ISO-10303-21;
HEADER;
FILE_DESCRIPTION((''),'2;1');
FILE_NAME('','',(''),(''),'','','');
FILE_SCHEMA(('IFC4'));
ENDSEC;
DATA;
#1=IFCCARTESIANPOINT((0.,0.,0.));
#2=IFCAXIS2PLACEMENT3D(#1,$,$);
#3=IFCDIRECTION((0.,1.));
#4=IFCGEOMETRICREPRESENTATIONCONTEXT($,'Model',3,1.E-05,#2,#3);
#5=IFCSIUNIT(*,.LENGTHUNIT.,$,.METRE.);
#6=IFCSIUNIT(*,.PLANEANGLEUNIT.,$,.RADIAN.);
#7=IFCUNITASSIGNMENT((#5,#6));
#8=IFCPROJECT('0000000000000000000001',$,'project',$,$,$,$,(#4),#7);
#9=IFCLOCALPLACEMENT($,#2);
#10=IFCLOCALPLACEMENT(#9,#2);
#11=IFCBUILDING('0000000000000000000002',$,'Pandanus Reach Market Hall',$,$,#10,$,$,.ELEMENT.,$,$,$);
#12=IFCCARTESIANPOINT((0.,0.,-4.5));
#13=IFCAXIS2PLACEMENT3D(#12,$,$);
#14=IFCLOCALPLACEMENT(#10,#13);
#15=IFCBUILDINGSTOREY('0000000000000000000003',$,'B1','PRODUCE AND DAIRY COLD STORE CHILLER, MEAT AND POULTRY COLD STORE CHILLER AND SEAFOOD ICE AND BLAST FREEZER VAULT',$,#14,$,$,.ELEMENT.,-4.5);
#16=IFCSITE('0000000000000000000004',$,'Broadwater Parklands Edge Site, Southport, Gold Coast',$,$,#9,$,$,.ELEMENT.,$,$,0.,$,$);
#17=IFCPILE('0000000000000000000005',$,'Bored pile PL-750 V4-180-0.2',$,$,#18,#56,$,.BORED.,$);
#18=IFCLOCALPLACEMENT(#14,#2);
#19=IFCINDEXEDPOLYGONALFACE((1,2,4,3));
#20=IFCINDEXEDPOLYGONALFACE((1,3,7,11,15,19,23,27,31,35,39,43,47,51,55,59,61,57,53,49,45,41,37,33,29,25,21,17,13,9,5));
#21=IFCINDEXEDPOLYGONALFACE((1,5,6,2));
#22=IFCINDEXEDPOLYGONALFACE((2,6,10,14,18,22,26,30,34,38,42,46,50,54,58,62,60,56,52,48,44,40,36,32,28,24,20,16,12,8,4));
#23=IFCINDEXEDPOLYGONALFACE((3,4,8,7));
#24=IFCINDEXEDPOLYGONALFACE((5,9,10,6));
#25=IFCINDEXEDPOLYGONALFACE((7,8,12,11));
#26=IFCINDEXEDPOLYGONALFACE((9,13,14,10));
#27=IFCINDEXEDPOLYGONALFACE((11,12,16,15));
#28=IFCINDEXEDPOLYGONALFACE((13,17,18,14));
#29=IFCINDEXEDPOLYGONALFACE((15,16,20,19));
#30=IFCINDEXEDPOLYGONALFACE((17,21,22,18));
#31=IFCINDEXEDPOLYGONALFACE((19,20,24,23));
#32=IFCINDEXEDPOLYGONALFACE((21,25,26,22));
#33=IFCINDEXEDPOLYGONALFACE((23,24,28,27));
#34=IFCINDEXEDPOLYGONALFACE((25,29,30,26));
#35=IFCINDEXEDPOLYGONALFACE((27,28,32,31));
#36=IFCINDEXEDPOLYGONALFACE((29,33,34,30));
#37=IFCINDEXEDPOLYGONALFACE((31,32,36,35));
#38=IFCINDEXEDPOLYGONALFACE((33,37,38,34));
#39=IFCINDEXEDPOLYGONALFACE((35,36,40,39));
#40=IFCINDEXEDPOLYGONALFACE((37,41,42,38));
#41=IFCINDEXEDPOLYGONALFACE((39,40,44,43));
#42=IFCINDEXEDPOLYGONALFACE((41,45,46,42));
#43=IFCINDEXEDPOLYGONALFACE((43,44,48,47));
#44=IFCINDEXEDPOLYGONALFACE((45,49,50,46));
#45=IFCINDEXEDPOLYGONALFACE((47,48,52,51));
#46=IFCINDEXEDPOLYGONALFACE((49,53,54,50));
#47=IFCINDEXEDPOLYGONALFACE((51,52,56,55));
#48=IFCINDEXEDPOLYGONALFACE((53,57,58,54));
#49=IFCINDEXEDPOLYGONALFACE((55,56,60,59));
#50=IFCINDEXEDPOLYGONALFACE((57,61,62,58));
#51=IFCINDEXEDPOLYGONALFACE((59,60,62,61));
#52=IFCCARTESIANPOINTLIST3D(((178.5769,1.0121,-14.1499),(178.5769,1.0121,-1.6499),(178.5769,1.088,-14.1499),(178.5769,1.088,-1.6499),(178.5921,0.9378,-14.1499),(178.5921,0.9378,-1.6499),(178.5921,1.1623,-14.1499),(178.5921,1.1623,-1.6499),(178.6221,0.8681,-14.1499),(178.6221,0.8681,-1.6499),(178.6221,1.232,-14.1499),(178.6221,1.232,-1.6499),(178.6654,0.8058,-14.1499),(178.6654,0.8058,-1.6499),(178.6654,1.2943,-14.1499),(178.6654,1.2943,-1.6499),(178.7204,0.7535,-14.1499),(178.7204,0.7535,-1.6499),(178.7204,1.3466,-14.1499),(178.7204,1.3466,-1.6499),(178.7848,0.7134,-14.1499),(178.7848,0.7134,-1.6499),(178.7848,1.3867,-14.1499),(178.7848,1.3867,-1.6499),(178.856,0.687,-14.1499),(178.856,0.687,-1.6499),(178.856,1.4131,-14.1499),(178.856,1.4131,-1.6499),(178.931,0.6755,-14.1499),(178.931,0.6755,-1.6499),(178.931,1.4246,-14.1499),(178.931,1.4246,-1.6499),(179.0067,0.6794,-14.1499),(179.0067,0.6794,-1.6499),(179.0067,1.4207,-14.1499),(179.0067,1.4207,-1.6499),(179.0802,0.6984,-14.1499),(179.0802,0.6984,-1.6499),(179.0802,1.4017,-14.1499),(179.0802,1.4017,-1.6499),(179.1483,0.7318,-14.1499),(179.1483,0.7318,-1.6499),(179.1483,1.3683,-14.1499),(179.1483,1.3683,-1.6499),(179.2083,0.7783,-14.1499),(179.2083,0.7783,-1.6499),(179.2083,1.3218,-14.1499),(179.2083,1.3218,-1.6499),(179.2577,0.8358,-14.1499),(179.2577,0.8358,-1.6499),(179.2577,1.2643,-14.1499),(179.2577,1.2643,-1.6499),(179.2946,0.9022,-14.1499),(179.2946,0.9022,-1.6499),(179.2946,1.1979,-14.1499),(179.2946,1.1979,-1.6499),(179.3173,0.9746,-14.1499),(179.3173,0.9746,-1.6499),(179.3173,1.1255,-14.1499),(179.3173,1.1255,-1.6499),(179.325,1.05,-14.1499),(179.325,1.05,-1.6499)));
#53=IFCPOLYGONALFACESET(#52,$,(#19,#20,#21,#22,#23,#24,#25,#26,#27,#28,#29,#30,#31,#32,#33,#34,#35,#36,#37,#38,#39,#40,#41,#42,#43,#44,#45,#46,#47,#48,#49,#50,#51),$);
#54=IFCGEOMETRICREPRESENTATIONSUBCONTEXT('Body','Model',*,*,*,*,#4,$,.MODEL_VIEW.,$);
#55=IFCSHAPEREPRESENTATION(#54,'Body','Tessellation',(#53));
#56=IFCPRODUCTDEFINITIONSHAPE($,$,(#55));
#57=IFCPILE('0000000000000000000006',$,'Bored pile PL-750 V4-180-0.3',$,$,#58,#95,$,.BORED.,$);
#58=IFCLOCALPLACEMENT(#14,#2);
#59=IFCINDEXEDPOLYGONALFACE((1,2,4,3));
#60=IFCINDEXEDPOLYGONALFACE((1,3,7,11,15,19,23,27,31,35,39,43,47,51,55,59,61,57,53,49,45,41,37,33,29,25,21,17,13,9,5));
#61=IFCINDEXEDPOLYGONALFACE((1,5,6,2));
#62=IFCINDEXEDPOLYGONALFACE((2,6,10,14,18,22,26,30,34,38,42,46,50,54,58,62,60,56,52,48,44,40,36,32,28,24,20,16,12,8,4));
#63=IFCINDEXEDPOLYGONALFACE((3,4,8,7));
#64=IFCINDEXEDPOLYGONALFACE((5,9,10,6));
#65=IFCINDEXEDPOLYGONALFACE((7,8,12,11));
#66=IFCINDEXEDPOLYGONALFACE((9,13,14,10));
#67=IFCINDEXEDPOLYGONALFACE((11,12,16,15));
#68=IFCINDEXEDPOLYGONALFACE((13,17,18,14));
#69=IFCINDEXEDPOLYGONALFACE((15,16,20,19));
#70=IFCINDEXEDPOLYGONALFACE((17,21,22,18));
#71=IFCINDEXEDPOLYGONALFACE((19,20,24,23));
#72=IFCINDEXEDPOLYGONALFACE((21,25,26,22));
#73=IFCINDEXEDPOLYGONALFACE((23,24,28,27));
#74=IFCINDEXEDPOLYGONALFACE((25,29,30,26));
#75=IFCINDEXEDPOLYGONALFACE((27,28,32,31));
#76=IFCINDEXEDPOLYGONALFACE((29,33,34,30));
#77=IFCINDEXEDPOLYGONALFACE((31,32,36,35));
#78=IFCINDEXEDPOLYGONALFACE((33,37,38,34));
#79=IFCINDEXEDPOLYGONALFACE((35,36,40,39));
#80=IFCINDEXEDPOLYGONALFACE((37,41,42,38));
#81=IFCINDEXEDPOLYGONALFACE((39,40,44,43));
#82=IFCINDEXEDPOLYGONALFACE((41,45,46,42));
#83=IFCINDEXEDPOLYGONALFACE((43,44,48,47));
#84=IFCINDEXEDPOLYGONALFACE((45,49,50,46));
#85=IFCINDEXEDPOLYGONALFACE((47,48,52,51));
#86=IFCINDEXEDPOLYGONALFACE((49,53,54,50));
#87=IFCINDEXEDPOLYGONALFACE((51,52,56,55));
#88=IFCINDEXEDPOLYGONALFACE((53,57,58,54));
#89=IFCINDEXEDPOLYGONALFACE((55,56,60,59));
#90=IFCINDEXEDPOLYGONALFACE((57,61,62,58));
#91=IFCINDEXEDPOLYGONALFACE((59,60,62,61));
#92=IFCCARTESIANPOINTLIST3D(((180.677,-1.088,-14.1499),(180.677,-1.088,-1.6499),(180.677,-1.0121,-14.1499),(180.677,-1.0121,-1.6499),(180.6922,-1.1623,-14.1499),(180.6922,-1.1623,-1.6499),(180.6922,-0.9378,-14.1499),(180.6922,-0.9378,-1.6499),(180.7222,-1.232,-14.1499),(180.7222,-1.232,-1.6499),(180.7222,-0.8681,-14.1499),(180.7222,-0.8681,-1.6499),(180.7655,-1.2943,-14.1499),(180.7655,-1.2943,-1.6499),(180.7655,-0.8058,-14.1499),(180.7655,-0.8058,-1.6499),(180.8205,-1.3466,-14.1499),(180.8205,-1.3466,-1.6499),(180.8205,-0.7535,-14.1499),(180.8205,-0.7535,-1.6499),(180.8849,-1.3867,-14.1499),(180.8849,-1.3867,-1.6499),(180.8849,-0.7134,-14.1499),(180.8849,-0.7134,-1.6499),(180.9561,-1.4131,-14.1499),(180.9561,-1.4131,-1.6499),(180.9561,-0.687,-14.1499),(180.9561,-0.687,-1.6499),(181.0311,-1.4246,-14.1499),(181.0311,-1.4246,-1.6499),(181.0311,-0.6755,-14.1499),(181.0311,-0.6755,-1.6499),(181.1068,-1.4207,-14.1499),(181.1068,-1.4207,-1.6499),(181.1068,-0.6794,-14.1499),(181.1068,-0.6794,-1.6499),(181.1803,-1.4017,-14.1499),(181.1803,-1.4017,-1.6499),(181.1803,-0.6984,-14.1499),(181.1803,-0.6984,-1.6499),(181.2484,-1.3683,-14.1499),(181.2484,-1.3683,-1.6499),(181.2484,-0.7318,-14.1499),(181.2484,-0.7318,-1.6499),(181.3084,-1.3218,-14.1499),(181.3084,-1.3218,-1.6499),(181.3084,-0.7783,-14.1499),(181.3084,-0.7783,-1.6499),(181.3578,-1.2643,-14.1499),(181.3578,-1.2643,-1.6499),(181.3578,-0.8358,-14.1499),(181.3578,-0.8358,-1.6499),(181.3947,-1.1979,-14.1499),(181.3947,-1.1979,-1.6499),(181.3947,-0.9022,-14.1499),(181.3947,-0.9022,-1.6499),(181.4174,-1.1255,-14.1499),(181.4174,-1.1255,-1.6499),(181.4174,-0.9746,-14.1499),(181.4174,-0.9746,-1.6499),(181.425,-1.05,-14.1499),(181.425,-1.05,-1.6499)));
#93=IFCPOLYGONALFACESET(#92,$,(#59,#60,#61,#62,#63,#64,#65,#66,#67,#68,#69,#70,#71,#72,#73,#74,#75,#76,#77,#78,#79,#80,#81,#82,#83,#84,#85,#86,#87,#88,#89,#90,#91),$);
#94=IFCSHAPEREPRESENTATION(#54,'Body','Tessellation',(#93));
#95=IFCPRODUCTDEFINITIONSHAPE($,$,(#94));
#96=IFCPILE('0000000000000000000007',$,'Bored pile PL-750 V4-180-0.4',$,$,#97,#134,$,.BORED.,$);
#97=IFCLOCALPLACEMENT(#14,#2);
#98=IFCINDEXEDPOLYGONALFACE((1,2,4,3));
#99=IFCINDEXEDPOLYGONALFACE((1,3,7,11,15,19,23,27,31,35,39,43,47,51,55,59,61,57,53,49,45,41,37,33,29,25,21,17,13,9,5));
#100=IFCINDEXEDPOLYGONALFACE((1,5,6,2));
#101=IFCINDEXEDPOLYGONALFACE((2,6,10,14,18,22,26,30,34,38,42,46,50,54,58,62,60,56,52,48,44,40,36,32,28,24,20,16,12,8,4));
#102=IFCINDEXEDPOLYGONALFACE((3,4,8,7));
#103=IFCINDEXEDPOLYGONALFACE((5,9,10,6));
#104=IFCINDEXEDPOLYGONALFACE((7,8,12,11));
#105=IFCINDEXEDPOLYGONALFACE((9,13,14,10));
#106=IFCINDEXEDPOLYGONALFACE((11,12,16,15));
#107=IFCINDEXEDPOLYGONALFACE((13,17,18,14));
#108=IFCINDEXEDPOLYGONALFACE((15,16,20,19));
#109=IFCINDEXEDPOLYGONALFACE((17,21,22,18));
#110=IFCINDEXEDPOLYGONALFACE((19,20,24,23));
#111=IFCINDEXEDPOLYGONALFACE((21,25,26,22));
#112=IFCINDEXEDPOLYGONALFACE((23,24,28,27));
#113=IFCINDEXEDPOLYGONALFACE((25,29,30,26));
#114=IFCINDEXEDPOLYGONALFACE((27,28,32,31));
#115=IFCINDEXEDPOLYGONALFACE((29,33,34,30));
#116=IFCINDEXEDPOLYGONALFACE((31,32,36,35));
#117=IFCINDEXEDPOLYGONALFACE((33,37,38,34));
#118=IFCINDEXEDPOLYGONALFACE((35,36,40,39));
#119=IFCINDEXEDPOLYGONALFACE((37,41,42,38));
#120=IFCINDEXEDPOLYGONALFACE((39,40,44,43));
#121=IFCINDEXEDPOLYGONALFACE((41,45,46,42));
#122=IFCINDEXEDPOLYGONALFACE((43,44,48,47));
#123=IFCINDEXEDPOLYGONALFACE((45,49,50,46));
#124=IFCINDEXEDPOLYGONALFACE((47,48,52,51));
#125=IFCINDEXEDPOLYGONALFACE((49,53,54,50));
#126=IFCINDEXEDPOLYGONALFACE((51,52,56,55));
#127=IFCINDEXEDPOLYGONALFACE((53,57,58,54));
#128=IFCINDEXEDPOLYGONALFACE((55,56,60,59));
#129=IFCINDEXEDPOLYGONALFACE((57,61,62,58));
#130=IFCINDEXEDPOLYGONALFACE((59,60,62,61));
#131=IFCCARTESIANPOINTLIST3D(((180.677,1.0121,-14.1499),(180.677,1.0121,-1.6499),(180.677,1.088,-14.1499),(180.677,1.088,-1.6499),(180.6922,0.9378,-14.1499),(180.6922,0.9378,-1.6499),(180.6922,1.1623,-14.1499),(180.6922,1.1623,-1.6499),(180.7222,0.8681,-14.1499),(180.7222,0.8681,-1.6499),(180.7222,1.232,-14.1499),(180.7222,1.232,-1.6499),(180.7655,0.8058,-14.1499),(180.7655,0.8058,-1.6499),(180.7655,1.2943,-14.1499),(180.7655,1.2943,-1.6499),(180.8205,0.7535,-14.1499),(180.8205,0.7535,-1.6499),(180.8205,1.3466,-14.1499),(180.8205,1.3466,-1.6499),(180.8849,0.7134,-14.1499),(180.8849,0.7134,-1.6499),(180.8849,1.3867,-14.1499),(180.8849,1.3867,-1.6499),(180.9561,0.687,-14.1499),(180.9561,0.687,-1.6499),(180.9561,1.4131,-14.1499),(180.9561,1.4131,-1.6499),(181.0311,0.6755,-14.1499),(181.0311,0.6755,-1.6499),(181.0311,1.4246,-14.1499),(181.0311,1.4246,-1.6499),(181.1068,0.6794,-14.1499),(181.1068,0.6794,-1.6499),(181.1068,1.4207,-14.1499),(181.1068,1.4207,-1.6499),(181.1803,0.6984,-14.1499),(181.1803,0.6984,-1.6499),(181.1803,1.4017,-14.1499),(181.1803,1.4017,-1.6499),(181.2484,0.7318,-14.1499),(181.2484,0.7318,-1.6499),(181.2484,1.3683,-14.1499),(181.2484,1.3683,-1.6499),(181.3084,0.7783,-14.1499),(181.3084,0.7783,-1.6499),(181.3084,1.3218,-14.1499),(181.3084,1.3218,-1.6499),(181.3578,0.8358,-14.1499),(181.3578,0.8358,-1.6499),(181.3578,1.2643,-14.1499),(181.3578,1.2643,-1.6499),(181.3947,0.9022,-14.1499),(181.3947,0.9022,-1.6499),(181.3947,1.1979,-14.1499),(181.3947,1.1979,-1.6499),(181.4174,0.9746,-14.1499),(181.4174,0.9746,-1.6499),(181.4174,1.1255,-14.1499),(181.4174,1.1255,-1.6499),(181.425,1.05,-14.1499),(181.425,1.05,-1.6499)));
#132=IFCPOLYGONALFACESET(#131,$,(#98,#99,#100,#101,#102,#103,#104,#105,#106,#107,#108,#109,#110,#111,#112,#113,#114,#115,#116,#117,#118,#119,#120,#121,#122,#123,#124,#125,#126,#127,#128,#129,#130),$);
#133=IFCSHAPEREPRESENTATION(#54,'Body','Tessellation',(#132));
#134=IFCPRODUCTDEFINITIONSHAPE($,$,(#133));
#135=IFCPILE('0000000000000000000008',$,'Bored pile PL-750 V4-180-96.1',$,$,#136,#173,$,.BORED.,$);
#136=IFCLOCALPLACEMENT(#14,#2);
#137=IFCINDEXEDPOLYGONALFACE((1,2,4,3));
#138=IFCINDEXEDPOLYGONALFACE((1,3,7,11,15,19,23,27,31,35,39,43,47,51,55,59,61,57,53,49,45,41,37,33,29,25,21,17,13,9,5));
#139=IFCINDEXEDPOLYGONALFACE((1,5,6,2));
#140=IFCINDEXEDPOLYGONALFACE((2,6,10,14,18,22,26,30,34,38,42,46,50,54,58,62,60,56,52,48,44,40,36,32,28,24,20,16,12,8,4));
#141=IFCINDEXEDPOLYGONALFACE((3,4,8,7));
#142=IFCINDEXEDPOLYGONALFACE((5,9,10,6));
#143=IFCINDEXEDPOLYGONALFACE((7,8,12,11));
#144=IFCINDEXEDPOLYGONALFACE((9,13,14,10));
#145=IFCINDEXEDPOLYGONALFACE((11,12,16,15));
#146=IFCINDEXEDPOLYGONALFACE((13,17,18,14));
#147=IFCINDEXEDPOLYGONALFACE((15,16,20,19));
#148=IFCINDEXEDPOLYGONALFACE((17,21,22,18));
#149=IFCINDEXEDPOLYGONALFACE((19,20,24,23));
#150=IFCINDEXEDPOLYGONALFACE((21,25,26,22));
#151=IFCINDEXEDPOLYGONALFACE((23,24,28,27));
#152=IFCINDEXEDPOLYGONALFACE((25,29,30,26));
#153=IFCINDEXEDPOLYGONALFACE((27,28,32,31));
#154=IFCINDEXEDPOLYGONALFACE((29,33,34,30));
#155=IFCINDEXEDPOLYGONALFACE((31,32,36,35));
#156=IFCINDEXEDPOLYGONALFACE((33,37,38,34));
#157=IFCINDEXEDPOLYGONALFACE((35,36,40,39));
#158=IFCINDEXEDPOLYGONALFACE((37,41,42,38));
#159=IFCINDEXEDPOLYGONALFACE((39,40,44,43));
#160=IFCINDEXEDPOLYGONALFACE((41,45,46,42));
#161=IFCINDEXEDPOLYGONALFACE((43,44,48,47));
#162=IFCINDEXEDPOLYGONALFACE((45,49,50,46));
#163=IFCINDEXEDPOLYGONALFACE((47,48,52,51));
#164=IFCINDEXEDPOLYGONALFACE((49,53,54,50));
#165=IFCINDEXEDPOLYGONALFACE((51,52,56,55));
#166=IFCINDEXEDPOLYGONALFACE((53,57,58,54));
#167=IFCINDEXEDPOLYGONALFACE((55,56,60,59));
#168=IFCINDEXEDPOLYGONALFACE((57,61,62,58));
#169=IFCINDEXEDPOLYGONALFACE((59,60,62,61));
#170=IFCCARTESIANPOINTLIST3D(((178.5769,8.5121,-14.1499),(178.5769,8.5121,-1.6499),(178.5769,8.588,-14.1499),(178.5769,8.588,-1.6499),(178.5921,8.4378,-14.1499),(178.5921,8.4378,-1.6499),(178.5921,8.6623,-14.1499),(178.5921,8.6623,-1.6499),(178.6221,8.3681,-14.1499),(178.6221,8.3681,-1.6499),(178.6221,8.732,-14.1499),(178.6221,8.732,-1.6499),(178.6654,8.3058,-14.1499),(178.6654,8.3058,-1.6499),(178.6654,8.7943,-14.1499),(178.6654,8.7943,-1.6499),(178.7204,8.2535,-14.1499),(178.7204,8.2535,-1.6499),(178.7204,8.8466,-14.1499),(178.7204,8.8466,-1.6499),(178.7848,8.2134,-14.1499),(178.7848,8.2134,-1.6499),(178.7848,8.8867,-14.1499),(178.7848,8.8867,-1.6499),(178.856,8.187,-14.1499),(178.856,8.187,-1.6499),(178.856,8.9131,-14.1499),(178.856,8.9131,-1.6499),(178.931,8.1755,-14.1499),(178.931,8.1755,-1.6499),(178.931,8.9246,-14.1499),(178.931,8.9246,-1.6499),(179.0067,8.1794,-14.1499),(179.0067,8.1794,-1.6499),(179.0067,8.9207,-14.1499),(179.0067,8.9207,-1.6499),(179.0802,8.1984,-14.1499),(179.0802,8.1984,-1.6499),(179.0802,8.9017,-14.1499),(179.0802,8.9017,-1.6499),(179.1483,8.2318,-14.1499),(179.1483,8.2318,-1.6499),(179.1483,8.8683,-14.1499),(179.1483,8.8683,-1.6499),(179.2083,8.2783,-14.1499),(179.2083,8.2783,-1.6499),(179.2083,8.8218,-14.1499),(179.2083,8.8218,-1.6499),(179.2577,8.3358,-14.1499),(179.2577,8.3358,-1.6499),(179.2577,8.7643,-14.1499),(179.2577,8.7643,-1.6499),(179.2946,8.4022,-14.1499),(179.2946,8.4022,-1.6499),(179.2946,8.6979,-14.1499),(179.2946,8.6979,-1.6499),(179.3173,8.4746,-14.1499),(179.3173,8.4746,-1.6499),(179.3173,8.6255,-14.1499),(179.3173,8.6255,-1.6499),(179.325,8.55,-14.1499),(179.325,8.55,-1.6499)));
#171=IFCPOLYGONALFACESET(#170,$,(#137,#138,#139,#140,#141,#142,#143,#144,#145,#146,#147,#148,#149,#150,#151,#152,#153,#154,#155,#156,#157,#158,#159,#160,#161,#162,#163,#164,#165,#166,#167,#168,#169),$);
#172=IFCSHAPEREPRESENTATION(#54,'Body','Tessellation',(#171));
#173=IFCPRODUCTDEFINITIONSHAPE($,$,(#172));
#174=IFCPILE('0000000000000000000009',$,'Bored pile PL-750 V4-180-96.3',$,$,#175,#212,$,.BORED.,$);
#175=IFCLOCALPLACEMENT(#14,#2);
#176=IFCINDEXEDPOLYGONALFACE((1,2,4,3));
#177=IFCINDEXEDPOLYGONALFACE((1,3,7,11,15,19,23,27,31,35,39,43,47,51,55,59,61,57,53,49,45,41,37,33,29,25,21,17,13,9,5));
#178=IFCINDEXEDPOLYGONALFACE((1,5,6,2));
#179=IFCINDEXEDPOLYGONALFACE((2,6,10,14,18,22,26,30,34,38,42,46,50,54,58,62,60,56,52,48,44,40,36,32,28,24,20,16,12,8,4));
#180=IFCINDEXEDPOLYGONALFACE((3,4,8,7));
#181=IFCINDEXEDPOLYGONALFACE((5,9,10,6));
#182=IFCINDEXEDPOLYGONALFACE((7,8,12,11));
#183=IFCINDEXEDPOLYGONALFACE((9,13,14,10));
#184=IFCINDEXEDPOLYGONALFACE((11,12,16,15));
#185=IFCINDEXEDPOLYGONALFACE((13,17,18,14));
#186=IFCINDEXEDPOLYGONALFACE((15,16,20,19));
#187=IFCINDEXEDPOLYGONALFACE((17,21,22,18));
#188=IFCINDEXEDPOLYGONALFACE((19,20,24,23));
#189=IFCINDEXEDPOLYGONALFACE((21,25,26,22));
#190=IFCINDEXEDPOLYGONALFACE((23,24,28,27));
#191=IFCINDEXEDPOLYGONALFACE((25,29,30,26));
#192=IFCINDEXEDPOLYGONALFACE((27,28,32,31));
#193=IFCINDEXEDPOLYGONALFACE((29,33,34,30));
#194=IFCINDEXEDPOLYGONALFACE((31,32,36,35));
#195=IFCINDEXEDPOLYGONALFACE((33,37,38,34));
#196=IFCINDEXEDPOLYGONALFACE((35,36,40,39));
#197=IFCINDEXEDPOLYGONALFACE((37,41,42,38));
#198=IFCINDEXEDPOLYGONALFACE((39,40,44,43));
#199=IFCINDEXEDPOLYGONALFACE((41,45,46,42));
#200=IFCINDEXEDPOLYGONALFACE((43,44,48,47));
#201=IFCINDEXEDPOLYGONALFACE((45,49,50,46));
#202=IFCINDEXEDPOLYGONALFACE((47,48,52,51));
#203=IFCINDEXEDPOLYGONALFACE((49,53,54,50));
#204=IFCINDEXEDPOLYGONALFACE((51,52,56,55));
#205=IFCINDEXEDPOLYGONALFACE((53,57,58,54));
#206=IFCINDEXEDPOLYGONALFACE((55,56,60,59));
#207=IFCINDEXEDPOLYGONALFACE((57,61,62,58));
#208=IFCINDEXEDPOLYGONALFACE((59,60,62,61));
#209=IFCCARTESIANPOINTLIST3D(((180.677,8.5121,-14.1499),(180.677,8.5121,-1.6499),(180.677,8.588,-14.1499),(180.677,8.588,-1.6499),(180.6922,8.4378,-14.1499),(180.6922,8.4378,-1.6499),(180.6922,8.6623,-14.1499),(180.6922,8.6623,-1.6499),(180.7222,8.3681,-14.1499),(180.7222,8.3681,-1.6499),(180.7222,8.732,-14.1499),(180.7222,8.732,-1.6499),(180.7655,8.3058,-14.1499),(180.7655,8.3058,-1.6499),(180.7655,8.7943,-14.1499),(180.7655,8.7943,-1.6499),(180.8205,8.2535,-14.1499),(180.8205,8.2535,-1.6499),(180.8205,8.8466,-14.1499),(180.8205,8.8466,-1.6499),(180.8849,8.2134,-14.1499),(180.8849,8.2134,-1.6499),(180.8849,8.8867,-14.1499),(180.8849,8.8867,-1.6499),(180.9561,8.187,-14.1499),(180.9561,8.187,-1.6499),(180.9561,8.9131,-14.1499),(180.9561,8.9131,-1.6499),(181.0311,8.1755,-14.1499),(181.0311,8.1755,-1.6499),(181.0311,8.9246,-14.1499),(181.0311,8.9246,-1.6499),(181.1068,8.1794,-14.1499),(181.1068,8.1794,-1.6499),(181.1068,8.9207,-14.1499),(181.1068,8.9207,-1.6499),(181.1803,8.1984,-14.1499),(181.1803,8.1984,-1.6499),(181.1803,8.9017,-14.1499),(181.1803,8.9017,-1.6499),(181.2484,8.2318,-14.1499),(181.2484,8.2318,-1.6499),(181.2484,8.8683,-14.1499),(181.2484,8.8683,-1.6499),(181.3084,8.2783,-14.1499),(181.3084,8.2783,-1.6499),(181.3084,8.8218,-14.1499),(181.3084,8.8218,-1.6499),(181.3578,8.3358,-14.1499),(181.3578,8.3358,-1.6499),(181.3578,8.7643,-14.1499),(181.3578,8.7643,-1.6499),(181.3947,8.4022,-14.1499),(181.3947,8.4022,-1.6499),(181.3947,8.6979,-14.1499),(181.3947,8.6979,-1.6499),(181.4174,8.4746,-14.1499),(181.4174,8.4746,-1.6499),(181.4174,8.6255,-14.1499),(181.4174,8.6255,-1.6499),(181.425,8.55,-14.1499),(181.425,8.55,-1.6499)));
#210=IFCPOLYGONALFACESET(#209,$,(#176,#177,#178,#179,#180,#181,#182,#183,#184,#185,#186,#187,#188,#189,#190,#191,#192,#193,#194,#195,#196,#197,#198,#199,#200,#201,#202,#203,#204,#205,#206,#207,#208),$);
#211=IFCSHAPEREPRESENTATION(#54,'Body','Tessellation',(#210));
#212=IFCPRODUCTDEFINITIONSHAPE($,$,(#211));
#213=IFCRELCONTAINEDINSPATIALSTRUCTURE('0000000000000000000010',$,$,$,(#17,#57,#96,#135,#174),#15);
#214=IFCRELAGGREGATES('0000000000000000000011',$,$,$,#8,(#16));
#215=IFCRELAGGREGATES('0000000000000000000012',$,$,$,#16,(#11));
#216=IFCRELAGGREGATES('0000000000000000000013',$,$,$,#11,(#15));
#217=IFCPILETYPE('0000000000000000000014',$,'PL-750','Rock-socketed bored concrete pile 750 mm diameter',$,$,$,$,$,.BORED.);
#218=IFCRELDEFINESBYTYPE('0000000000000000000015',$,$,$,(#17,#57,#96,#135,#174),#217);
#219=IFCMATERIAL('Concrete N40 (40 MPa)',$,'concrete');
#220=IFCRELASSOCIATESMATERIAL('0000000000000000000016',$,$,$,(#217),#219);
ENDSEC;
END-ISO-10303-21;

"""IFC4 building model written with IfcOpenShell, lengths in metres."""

from ifc_helpers import new_model, si_unit, direction, frame, origin, origin_2d, place, context, subcontext, project, spatial, circle, extrude, material, material_profile, profile_set, type_object, element, save


model = new_model("IFC4")

# Units and contexts
model_context = context("Model", 3, precision=1e-05, world=origin(), true_north=direction((0.0, 1.0)))
body_context = subcontext(model_context, "Body", "Model", "MODEL_VIEW")
ifc_project = project(units=[si_unit("LENGTHUNIT", "METRE"), si_unit("PLANEANGLEUNIT", "RADIAN")], contexts=[model_context])

# Site, building, storey
site_placement = place(None, origin())
site = spatial("IfcSite", under=ifc_project, at=site_placement, Name="Broadwater Parklands Edge Site, Southport, Gold Coast", CompositionType="ELEMENT", RefElevation=0.0)
building_placement = place(site_placement, origin())
building = spatial("IfcBuilding", under=site, at=building_placement, Name="Pandanus Reach Market Hall", CompositionType="ELEMENT")
storey_placement = place(building_placement, frame((0.0, 0.0, -4.5)))
storey = spatial("IfcBuildingStorey", under=building, at=storey_placement, Name="B1", Description="PRODUCE AND DAIRY COLD STORE CHILLER, MEAT AND POULTRY COLD STORE CHILLER AND SEAFOOD ICE AND BLAST FREEZER VAULT", CompositionType="ELEMENT", Elevation=-4.5)

# Shared definitions
ifc_material_1 = material(Name="Concrete N40 (40 MPa)", Category="concrete")

# Piles
ifc_material_profile_1 = material_profile(ifc_material_1, circle(Radius=0.375, at=origin_2d()), Name="PILE-750D", Category="LoadBearing")
ifc_profile_set_1 = profile_set([ifc_material_profile_1], Name="Concrete N40 (40 MPa)")
pile_type = type_object("IfcPileType", Name="PL-750", Description="Rock-socketed bored concrete pile 750 mm diameter", PredefinedType="BORED", material=ifc_profile_set_1)
for number, where, z_axis, x_axis, name in (
    (1, (178.95, 1.05, -1.6499), (0.0, 0.0, -1.0), (1.0, 0.0, 0.0), "Bored pile PL-750 V4-180-0.2"),
    (2, (181.05, -1.05, -1.6499), (0.0, 0.0, -1.0), (1.0, 0.0, 0.0), "Bored pile PL-750 V4-180-0.3"),
    (3, (181.05, 1.05, -1.6499), (0.0, 0.0, -1.0), (1.0, 0.0, 0.0), "Bored pile PL-750 V4-180-0.4"),
    (4, (178.95, 8.55, -1.6499), (0.0, 0.0, -1.0), (1.0, 0.0, 0.0), "Bored pile PL-750 V4-180-96.1"),
    (5, (181.05, 8.55, -1.6499), (0.0, 0.0, -1.0), (1.0, 0.0, 0.0), "Bored pile PL-750 V4-180-96.3"),
):
    element("IfcPile", number, at=place(storey_placement, frame(where, z_axis=z_axis, x_axis=x_axis)), inside=storey, type_object=pile_type, Name=name, PredefinedType="BORED", context=body_context, shape_type="SweptSolid", body=[
        extrude(circle(Radius=0.375, at=origin_2d()), origin(), (0.0, 0.0, 1.0), 12.5),
    ])

save(model, "model.ifc")
